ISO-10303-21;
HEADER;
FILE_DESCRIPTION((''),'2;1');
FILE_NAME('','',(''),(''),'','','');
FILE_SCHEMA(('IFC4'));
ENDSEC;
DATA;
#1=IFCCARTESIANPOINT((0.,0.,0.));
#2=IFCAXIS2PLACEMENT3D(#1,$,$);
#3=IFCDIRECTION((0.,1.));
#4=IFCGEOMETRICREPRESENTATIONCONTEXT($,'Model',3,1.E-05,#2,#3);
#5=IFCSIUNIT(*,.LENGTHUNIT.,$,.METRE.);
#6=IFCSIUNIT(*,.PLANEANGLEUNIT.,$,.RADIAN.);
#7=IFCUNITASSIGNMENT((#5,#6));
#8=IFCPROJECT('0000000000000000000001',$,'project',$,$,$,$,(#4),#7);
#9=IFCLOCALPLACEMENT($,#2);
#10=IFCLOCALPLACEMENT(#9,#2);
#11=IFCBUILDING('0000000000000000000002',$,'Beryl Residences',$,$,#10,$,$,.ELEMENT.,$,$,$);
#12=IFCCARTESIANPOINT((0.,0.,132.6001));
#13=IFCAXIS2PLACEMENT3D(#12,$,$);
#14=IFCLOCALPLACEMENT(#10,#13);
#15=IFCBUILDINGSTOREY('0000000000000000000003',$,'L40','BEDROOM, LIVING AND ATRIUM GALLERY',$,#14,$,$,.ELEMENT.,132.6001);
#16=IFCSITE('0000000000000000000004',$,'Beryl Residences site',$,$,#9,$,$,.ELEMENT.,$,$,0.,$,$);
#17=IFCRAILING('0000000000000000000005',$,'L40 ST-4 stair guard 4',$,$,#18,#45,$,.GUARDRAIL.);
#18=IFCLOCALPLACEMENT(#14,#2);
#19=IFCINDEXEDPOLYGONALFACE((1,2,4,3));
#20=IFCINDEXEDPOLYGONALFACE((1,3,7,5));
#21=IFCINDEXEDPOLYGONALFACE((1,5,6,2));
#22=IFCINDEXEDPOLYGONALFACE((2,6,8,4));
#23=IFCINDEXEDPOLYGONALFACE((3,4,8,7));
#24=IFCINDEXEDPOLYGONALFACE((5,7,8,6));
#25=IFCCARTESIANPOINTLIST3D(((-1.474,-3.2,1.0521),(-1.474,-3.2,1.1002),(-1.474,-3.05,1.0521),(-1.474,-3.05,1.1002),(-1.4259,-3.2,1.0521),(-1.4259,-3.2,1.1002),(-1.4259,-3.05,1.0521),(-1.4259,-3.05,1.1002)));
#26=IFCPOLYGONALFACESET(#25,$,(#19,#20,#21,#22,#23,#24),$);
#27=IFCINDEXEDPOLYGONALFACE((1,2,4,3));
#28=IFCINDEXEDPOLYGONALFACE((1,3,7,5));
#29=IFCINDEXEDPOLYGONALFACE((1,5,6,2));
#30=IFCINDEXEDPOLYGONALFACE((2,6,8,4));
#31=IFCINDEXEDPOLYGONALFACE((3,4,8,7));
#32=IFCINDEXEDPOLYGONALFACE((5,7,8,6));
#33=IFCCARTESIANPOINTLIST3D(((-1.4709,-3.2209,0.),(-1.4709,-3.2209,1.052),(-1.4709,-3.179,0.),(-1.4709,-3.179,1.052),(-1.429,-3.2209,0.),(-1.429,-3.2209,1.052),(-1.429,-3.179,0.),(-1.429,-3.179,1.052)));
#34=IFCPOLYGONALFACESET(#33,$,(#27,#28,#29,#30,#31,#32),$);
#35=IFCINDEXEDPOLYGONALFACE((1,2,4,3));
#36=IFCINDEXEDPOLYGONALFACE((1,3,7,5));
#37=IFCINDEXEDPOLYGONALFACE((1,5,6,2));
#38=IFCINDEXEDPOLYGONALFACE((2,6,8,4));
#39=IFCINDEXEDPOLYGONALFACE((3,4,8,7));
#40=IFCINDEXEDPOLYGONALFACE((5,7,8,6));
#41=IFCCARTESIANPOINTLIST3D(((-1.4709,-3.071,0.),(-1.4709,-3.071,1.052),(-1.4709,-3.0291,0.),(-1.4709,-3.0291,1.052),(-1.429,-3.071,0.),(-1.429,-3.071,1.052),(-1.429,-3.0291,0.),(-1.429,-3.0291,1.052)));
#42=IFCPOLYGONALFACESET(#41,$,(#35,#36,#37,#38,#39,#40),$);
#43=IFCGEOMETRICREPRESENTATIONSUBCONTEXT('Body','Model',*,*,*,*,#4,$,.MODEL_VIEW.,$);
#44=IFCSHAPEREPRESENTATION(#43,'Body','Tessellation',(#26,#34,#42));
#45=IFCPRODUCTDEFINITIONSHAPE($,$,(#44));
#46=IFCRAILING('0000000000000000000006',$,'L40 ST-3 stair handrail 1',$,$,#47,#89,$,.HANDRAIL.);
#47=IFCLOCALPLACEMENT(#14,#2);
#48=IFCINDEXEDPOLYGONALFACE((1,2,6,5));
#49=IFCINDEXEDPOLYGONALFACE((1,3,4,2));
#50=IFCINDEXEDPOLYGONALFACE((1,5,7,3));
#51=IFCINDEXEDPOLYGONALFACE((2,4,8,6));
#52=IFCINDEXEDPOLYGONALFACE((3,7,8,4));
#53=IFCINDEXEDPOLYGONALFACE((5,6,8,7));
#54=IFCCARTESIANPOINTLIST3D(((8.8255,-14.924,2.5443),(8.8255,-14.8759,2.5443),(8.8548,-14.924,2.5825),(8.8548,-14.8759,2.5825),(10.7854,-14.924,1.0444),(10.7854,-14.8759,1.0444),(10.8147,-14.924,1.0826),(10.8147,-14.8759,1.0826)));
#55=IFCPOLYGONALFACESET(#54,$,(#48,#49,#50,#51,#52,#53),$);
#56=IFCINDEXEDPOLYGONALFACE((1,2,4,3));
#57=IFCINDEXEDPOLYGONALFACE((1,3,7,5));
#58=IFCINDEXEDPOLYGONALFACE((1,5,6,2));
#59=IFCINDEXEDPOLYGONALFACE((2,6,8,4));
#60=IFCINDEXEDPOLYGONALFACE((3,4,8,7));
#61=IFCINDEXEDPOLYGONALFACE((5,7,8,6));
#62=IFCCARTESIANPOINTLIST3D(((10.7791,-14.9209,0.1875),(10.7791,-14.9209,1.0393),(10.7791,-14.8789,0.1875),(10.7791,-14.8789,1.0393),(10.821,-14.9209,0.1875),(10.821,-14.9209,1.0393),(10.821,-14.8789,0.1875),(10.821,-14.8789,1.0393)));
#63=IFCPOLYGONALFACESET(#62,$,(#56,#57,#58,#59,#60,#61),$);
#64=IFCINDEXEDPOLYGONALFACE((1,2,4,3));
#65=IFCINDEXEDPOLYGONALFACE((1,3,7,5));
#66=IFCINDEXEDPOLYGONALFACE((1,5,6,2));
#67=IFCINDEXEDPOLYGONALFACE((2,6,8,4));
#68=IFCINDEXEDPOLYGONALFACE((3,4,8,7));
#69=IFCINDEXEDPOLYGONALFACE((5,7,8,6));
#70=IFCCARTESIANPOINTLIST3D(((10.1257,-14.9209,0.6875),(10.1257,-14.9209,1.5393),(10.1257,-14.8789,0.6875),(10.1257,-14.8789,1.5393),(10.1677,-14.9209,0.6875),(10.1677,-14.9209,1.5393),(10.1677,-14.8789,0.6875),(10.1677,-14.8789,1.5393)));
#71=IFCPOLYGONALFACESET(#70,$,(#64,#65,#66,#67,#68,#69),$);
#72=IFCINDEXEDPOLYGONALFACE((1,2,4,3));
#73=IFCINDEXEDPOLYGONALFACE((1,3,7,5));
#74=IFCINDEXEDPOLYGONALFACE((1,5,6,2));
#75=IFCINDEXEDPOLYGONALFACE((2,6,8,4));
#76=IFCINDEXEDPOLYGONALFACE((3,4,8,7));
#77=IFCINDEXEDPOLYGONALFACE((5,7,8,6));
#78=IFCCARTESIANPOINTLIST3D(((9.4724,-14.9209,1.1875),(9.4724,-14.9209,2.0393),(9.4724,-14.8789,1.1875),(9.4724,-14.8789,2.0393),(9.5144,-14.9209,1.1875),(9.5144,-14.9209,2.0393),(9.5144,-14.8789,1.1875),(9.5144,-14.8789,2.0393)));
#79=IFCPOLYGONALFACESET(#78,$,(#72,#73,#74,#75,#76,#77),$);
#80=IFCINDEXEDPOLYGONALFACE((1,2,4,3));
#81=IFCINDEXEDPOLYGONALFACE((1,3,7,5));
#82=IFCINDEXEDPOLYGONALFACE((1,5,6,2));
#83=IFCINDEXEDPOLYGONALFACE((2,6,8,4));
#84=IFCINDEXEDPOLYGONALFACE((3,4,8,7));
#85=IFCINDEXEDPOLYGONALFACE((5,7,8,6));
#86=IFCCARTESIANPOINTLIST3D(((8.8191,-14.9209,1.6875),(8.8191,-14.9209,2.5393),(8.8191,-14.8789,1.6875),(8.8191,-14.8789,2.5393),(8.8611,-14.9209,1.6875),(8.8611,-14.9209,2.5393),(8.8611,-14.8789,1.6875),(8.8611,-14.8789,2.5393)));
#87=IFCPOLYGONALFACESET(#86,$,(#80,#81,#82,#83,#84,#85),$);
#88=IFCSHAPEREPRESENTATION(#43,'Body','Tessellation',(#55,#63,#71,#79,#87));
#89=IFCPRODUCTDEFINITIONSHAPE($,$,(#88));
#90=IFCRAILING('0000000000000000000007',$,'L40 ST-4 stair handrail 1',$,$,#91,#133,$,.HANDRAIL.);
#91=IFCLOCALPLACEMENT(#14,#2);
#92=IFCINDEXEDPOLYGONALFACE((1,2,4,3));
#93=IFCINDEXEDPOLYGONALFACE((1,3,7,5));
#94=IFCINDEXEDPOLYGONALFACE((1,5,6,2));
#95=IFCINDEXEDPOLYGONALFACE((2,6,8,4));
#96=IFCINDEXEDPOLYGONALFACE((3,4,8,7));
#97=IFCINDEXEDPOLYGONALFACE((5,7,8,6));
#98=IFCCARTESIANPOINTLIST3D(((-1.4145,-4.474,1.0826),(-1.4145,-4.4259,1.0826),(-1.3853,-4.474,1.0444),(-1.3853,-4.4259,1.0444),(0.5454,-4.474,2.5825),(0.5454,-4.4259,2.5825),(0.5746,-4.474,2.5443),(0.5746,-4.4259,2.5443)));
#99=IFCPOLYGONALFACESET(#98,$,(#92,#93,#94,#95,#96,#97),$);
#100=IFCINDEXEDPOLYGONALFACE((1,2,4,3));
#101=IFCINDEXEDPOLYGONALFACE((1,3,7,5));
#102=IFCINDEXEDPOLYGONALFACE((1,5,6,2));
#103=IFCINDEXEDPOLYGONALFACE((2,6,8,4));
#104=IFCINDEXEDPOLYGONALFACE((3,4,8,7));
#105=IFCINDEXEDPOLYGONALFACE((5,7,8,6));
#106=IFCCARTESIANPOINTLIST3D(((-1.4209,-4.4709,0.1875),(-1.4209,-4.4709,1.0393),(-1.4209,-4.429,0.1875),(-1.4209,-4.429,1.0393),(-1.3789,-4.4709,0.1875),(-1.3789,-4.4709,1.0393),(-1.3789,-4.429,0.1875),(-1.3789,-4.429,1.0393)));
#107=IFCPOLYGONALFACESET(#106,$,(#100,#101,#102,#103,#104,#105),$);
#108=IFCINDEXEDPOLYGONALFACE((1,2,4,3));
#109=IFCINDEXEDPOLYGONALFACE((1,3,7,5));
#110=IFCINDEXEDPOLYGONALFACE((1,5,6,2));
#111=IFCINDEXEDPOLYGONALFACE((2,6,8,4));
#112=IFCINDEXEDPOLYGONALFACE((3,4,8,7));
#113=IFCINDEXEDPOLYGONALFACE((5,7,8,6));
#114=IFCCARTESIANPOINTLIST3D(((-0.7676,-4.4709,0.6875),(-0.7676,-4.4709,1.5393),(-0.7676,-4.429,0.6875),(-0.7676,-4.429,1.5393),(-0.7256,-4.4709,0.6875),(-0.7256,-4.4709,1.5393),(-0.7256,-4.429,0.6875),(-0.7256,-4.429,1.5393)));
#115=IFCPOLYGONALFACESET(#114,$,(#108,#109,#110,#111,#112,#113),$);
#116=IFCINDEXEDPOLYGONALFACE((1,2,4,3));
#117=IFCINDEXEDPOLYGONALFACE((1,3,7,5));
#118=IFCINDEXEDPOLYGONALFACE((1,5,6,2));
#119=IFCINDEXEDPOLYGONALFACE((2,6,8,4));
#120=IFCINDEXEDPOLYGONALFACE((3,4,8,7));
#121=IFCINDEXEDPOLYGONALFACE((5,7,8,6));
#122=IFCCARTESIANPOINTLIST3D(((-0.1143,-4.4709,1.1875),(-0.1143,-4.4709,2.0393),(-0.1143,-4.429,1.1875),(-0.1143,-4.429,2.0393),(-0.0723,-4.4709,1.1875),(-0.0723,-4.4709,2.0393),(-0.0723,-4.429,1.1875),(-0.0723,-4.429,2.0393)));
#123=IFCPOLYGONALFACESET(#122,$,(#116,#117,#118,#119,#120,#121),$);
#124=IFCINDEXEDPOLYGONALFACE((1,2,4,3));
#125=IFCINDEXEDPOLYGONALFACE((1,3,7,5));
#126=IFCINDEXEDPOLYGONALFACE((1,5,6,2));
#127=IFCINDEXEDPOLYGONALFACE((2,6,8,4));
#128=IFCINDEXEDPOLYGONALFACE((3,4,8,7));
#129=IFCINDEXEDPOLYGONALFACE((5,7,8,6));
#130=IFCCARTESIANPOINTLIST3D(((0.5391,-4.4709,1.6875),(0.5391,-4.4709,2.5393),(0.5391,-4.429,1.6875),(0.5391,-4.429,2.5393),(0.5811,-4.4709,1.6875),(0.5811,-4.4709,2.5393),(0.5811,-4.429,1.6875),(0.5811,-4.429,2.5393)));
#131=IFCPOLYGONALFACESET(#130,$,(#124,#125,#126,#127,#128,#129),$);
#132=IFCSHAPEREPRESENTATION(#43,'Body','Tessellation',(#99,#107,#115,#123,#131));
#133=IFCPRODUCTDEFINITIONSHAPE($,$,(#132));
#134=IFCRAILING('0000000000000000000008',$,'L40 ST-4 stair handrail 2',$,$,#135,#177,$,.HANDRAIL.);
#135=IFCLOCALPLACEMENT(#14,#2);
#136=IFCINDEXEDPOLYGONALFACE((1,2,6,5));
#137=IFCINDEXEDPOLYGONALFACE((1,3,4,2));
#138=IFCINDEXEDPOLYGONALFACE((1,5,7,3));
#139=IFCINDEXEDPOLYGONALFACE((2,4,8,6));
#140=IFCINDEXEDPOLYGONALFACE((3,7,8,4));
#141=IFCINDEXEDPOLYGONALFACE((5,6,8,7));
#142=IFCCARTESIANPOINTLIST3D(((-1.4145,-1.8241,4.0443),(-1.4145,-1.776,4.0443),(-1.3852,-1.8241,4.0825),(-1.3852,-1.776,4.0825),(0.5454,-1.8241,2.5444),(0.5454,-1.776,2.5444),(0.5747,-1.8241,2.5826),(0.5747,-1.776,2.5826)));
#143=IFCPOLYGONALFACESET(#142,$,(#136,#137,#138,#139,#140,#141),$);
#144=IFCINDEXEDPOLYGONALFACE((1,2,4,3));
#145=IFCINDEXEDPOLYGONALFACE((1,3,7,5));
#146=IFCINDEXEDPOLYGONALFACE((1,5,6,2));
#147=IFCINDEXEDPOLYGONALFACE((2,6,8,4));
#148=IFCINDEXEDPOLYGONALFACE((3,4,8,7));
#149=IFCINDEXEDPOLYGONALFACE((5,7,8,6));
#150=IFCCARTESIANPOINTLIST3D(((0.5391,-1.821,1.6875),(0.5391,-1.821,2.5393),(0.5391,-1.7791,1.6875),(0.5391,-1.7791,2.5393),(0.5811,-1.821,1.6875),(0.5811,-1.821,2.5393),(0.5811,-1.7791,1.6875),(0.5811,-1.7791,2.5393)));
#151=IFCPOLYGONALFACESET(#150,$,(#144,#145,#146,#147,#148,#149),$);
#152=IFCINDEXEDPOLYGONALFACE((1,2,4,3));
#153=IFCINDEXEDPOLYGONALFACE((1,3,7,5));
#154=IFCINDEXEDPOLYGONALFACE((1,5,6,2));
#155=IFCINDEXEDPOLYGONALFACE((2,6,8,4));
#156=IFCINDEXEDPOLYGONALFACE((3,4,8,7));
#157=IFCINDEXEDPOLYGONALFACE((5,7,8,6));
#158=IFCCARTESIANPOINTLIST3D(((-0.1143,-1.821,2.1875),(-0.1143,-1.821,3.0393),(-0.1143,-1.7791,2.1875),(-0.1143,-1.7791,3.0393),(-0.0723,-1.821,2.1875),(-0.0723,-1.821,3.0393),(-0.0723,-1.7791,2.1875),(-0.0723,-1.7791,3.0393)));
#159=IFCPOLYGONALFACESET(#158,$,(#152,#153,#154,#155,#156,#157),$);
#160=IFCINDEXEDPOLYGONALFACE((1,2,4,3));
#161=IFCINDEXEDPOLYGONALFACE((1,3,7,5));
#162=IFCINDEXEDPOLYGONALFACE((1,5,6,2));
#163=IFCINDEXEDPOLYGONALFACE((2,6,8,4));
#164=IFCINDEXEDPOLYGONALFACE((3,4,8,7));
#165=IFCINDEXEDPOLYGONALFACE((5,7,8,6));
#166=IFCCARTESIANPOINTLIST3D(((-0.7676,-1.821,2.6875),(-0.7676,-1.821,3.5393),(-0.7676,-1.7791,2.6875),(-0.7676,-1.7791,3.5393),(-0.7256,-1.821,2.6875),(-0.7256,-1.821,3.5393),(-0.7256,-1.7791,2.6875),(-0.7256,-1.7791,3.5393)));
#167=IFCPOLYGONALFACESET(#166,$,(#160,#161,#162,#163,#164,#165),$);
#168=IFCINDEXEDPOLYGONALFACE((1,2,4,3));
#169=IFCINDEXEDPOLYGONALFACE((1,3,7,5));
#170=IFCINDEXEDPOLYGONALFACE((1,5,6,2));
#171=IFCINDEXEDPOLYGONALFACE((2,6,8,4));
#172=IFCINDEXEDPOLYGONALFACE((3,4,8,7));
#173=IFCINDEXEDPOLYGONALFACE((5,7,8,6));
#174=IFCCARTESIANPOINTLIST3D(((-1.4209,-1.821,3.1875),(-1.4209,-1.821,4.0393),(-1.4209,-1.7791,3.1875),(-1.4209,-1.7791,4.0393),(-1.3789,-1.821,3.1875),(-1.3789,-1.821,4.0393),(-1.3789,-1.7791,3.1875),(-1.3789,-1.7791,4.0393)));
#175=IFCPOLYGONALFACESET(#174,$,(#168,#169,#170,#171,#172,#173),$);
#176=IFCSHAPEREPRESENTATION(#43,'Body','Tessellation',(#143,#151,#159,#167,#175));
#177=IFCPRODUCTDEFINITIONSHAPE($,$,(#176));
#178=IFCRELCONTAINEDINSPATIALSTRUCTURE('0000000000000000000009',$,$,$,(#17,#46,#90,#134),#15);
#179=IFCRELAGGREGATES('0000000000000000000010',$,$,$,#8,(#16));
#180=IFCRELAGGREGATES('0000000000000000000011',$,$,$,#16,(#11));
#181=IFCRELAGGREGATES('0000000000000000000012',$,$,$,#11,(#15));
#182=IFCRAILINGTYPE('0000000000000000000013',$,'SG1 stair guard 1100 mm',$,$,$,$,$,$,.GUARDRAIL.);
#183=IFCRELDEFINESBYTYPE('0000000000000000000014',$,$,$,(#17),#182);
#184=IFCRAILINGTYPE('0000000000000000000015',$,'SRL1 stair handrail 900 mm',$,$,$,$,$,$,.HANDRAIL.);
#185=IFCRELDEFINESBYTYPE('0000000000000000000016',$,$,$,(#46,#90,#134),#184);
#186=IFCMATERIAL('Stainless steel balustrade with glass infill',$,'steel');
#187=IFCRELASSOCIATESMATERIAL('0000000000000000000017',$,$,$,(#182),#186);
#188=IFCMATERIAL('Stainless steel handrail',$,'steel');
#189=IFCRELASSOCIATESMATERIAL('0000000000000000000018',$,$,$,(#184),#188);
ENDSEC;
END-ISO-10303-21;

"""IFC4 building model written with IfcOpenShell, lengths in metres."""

from ifc_helpers import new_model, si_unit, direction, frame, origin, origin_2d, place, context, subcontext, project, spatial, rectangle, extrude, material, type_object, element, save


model = new_model("IFC4")

# Units and contexts
model_context = context("Model", 3, precision=1e-05, world=origin(), true_north=direction((0.0, 1.0)))
body_context = subcontext(model_context, "Body", "Model", "MODEL_VIEW")
ifc_project = project(units=[si_unit("LENGTHUNIT", "METRE"), si_unit("PLANEANGLEUNIT", "RADIAN")], contexts=[model_context])

# Site, building, storey
site_placement = place(None, origin())
site = spatial("IfcSite", under=ifc_project, at=site_placement, Name="Beryl Residences site", CompositionType="ELEMENT", RefElevation=0.0)
building_placement = place(site_placement, origin())
building = spatial("IfcBuilding", under=site, at=building_placement, Name="Beryl Residences", CompositionType="ELEMENT")
storey_placement = place(building_placement, frame((0.0, 0.0, 132.6001)))
storey = spatial("IfcBuildingStorey", under=building, at=storey_placement, Name="L40", Description="BEDROOM, LIVING AND ATRIUM GALLERY", CompositionType="ELEMENT", Elevation=132.6001)

# Railings
ifc_material_1 = material(Name="Stainless steel balustrade with glass infill", Category="steel")
railing_type_1 = type_object("IfcRailingType", Name="SG1 stair guard 1100 mm", PredefinedType="GUARDRAIL", material=ifc_material_1)
railing_1_placement = place(storey_placement, frame((-1.45, -3.2, 0.0)))
element("IfcRailing", 1, at=railing_1_placement, inside=storey, type_object=railing_type_1, Name="L40 ST-4 stair guard 4", PredefinedType="GUARDRAIL", context=body_context, shape_type="SweptSolid", body=[
    extrude(rectangle(XDim=0.0481, YDim=0.0481, at=origin_2d()), frame((0.0, 0.0, 1.0762), z_axis=(0.0, 1.0, 0.0), x_axis=(-1.0, 0.0, 0.0)), (0.0, 0.0, 1.0), 0.1499),
    extrude(rectangle(XDim=0.042, YDim=0.042, at=origin_2d()), origin(), (0.0, 0.0, 1.0), 1.052),
    extrude(rectangle(XDim=0.042, YDim=0.042, at=origin_2d()), frame((0.0, 0.1499, 0.0)), (0.0, 0.0, 1.0), 1.052),
])
ifc_material_2 = material(Name="Stainless steel handrail", Category="steel")
railing_type_2 = type_object("IfcRailingType", Name="SRL1 stair handrail 900 mm", PredefinedType="HANDRAIL", material=ifc_material_2)
railing_2_placement = place(storey_placement, frame((10.8, -14.8999, 0.1875)))
element("IfcRailing", 2, at=railing_2_placement, inside=storey, type_object=railing_type_2, Name="L40 ST-3 stair handrail 1", PredefinedType="HANDRAIL", context=body_context, shape_type="SweptSolid", body=[
    extrude(rectangle(XDim=0.0481, YDim=0.0481, at=origin_2d()), frame((0.0, 0.0, 0.876), z_axis=(-0.794122, 0.0, 0.607758), x_axis=(0.0, -1.0, 0.0)), (0.0, 0.0, 1.0), 2.468),
    extrude(rectangle(XDim=0.042, YDim=0.042, at=origin_2d()), origin(), (0.0, 0.0, 1.0), 0.8518),
    extrude(rectangle(XDim=0.042, YDim=0.042, at=origin_2d()), frame((-0.6533, 0.0, 0.5)), (0.0, 0.0, 1.0), 0.8518),
    extrude(rectangle(XDim=0.042, YDim=0.042, at=origin_2d()), frame((-1.3066, 0.0, 1.0)), (0.0, 0.0, 1.0), 0.8518),
    extrude(rectangle(XDim=0.042, YDim=0.042, at=origin_2d()), frame((-1.96, 0.0, 1.5)), (0.0, 0.0, 1.0), 0.8518),
])
railing_3_placement = place(storey_placement, frame((-1.3999, -4.45, 0.1875)))
element("IfcRailing", 3, at=railing_3_placement, inside=storey, type_object=railing_type_2, Name="L40 ST-4 stair handrail 1", PredefinedType="HANDRAIL", context=body_context, shape_type="SweptSolid", body=[
    extrude(rectangle(XDim=0.0481, YDim=0.0481, at=origin_2d()), frame((0.0, 0.0, 0.876), z_axis=(0.794122, 0.0, 0.607758), x_axis=(0.0, 1.0, 0.0)), (0.0, 0.0, 1.0), 2.468),
    extrude(rectangle(XDim=0.042, YDim=0.042, at=origin_2d()), origin(), (0.0, 0.0, 1.0), 0.8518),
    extrude(rectangle(XDim=0.042, YDim=0.042, at=origin_2d()), frame((0.6533, 0.0, 0.5)), (0.0, 0.0, 1.0), 0.8518),
    extrude(rectangle(XDim=0.042, YDim=0.042, at=origin_2d()), frame((1.3066, 0.0, 1.0)), (0.0, 0.0, 1.0), 0.8518),
    extrude(rectangle(XDim=0.042, YDim=0.042, at=origin_2d()), frame((1.96, 0.0, 1.5)), (0.0, 0.0, 1.0), 0.8518),
])
railing_4_placement = place(storey_placement, frame((0.5601, -1.8, 1.6875)))
element("IfcRailing", 4, at=railing_4_placement, inside=storey, type_object=railing_type_2, Name="L40 ST-4 stair handrail 2", PredefinedType="HANDRAIL", context=body_context, shape_type="SweptSolid", body=[
    extrude(rectangle(XDim=0.0481, YDim=0.0481, at=origin_2d()), frame((0.0, 0.0, 0.876), z_axis=(-0.794122, 0.0, 0.607758), x_axis=(0.0, -1.0, 0.0)), (0.0, 0.0, 1.0), 2.468),
    extrude(rectangle(XDim=0.042, YDim=0.042, at=origin_2d()), origin(), (0.0, 0.0, 1.0), 0.8518),
    extrude(rectangle(XDim=0.042, YDim=0.042, at=origin_2d()), frame((-0.6533, 0.0, 0.5)), (0.0, 0.0, 1.0), 0.8518),
    extrude(rectangle(XDim=0.042, YDim=0.042, at=origin_2d()), frame((-1.3066, 0.0, 1.0)), (0.0, 0.0, 1.0), 0.8518),
    extrude(rectangle(XDim=0.042, YDim=0.042, at=origin_2d()), frame((-1.96, 0.0, 1.5)), (0.0, 0.0, 1.0), 0.8518),
])

save(model, "model.ifc")
